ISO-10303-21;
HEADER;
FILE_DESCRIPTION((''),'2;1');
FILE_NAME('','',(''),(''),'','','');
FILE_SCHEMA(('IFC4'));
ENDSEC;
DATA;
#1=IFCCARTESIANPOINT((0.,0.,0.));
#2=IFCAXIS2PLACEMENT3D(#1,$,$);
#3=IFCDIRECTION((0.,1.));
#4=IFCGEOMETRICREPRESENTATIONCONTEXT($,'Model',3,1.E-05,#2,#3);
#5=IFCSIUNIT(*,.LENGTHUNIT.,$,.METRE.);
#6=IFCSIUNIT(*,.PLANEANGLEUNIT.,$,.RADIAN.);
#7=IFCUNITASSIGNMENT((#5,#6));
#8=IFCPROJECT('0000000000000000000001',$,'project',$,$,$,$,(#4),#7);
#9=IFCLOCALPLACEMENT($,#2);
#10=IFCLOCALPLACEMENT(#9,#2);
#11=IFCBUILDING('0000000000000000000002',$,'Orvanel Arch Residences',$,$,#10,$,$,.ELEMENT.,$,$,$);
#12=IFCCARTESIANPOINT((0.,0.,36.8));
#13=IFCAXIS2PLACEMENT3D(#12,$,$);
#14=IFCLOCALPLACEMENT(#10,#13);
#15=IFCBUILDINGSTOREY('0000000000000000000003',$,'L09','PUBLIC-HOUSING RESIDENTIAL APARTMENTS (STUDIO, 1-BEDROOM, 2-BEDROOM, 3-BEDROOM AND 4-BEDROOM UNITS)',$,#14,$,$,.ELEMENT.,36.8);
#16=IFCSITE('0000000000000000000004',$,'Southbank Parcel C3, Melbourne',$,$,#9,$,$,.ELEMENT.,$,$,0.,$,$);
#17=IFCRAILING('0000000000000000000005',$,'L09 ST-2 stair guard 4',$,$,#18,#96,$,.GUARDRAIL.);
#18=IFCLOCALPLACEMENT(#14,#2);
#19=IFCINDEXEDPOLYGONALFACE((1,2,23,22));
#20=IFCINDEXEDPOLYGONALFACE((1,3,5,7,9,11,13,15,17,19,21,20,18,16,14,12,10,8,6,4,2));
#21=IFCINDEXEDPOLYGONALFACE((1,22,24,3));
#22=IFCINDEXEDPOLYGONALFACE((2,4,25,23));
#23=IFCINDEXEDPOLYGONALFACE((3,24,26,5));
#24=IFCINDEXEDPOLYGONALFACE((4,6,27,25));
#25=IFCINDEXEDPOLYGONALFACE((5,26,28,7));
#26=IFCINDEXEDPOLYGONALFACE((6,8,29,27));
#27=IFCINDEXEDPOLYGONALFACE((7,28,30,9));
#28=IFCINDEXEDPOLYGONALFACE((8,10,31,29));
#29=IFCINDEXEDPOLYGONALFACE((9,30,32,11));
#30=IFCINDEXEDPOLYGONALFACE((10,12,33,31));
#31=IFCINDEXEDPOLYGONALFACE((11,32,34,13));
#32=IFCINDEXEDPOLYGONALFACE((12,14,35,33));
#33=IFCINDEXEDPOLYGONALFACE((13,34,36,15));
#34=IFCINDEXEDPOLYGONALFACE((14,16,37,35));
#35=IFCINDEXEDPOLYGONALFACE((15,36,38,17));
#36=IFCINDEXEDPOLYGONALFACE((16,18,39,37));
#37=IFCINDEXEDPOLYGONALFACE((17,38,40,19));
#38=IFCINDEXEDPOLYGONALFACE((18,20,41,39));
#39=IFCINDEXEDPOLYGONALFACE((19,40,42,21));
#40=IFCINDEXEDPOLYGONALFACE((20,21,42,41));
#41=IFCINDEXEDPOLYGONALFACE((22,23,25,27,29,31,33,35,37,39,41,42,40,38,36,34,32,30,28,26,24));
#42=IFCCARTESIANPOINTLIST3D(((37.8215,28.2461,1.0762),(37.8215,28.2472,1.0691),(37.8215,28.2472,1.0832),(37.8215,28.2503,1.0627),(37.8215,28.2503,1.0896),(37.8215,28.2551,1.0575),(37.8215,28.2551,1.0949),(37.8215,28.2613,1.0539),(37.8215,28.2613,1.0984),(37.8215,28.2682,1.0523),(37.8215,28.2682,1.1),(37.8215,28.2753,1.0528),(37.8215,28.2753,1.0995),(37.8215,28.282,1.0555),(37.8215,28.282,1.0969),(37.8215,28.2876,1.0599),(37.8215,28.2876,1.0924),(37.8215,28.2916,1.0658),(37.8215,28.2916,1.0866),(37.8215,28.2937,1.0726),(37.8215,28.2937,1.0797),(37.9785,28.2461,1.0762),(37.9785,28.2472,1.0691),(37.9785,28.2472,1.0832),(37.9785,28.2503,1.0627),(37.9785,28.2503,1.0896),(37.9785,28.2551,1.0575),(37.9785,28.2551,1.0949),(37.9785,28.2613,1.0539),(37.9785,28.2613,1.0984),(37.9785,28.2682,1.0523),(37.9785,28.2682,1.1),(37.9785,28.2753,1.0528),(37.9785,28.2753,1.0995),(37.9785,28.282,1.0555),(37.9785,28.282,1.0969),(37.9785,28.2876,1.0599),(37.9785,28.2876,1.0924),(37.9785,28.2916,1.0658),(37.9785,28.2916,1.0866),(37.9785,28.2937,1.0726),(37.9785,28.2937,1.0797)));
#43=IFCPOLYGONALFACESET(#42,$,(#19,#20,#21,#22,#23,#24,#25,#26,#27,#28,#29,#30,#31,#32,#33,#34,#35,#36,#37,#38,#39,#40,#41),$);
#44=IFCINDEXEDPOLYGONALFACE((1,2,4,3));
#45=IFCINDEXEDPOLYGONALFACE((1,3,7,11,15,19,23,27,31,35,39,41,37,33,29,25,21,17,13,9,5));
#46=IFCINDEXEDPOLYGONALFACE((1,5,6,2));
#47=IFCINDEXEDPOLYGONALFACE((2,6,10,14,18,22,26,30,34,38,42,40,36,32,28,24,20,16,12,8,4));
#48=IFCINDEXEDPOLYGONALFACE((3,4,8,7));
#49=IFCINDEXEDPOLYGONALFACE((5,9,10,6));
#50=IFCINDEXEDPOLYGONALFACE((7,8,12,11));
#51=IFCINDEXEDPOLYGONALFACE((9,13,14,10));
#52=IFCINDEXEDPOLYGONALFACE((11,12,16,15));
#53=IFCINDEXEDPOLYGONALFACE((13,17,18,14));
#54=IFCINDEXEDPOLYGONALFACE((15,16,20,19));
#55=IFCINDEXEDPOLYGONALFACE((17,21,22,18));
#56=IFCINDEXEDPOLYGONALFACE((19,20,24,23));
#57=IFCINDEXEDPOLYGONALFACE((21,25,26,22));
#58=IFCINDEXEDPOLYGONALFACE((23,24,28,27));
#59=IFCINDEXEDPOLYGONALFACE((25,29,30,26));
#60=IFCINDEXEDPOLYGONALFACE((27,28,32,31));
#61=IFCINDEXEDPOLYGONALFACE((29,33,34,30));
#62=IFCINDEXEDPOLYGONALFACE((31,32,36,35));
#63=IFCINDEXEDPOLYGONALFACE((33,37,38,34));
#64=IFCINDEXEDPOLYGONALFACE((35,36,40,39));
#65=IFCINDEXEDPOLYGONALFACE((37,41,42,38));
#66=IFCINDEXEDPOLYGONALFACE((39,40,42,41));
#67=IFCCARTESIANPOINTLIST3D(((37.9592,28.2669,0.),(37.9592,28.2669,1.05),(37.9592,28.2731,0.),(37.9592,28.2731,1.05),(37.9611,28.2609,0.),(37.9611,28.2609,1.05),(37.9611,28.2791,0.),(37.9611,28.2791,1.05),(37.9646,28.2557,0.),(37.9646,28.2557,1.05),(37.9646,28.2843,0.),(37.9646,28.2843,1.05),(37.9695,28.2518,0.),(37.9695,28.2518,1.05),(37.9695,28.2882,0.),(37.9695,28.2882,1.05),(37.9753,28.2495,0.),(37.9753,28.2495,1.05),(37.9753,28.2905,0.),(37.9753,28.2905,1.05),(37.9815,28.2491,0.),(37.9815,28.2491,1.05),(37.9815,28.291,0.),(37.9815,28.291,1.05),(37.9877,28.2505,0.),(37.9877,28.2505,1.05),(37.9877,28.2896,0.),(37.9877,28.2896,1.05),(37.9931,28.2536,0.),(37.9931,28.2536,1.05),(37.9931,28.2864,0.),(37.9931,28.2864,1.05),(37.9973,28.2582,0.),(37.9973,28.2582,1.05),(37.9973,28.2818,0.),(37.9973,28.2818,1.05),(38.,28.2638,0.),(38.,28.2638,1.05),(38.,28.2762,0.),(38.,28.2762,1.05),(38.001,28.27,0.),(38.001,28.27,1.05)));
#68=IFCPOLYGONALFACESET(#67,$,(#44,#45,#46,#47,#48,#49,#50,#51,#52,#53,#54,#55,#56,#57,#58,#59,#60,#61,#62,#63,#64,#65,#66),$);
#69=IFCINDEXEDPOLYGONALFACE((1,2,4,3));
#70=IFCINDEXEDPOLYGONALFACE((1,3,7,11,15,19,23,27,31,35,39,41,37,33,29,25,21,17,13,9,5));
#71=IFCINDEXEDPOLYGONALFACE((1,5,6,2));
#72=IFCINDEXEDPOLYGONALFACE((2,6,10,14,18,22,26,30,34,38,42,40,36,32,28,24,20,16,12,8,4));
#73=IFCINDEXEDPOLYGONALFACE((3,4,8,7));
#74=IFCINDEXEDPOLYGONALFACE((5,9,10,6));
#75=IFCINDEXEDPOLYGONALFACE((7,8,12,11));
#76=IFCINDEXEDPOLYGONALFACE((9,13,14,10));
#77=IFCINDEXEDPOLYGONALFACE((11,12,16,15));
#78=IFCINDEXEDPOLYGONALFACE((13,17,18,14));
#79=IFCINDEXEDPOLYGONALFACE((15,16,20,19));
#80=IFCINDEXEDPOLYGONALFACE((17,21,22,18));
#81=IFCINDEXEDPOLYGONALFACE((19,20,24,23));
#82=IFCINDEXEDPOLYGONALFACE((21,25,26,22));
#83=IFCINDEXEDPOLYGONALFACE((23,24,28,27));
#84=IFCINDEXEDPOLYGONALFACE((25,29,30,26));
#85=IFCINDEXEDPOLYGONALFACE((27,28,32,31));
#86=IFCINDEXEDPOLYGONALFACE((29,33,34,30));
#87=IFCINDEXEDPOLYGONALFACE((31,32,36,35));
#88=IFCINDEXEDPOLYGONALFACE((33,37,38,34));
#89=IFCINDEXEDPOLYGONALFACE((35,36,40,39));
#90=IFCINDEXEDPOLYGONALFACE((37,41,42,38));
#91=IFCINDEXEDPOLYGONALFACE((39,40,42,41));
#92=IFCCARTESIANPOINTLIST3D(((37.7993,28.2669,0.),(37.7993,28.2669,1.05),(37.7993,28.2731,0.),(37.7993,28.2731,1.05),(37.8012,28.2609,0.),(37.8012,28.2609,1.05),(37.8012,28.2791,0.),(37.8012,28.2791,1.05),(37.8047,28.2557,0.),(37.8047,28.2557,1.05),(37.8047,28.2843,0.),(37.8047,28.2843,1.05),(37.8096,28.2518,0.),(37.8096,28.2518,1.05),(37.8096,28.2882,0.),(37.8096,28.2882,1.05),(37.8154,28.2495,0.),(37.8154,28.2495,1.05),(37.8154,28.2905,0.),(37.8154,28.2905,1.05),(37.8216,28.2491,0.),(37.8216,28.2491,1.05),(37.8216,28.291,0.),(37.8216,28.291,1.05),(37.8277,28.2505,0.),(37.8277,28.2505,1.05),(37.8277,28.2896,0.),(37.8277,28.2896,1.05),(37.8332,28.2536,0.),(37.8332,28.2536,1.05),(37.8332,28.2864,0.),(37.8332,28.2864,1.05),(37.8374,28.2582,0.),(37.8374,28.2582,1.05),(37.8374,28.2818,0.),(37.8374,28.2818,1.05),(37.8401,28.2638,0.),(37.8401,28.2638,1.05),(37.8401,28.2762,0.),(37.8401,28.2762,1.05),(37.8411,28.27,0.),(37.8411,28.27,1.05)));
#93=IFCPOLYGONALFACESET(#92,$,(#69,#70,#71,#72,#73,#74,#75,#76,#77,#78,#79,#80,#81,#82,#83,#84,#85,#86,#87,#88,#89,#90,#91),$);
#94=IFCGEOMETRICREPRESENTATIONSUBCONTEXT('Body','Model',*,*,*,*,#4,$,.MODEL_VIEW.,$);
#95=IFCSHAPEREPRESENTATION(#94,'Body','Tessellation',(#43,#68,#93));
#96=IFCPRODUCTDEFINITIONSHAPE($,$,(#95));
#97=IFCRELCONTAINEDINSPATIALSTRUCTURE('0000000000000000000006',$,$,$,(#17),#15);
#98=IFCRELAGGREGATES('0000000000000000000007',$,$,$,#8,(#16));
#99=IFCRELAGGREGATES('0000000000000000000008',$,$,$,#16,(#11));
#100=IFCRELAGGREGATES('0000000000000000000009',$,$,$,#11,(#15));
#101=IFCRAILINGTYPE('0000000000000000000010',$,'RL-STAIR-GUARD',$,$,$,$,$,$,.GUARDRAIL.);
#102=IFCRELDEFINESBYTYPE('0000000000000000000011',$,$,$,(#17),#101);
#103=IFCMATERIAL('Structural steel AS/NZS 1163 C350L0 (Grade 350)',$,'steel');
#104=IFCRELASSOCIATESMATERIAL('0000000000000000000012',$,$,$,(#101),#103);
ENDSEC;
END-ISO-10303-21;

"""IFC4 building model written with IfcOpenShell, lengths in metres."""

from ifc_helpers import new_model, si_unit, direction, frame, origin, origin_2d, place, context, subcontext, project, spatial, circle, extrude, material, type_object, element, save


model = new_model("IFC4")

# Units and contexts
model_context = context("Model", 3, precision=1e-05, world=origin(), true_north=direction((0.0, 1.0)))
body_context = subcontext(model_context, "Body", "Model", "MODEL_VIEW")
ifc_project = project(units=[si_unit("LENGTHUNIT", "METRE"), si_unit("PLANEANGLEUNIT", "RADIAN")], contexts=[model_context])

# Site, building, storey
site_placement = place(None, origin())
site = spatial("IfcSite", under=ifc_project, at=site_placement, Name="Southbank Parcel C3, Melbourne", CompositionType="ELEMENT", RefElevation=0.0)
building_placement = place(site_placement, origin())
building = spatial("IfcBuilding", under=site, at=building_placement, Name="Orvanel Arch Residences", CompositionType="ELEMENT")
storey_placement = place(building_placement, frame((0.0, 0.0, 36.8)))
storey = spatial("IfcBuildingStorey", under=building, at=storey_placement, Name="L09", Description="PUBLIC-HOUSING RESIDENTIAL APARTMENTS (STUDIO, 1-BEDROOM, 2-BEDROOM, 3-BEDROOM AND 4-BEDROOM UNITS)", CompositionType="ELEMENT", Elevation=36.8)

# Railing
ifc_material_1 = material(Name="Structural steel AS/NZS 1163 C350L0 (Grade 350)", Category="steel")
railing_type_1 = type_object("IfcRailingType", Name="RL-STAIR-GUARD", PredefinedType="GUARDRAIL", material=ifc_material_1)
railing_1_placement = place(storey_placement, frame((37.98, 28.27, 0.0)))
element("IfcRailing", 1, at=railing_1_placement, inside=storey, type_object=railing_type_1, Name="L09 ST-2 stair guard 4", PredefinedType="GUARDRAIL", context=body_context, shape_type="SweptSolid", body=[
    extrude(circle(Radius=0.0239, at=origin_2d()), frame((-0.0015, 0.0, 1.0762), z_axis=(-1.0, 0.0, 0.0), x_axis=(0.0, -1.0, 0.0)), (0.0, 0.0, 1.0), 0.157),
    extrude(circle(Radius=0.021, at=origin_2d()), origin(), (0.0, 0.0, 1.0), 1.05),
    extrude(circle(Radius=0.021, at=origin_2d()), frame((-0.1599, 0.0, 0.0)), (0.0, 0.0, 1.0), 1.05),
])

save(model, "model.ifc")
